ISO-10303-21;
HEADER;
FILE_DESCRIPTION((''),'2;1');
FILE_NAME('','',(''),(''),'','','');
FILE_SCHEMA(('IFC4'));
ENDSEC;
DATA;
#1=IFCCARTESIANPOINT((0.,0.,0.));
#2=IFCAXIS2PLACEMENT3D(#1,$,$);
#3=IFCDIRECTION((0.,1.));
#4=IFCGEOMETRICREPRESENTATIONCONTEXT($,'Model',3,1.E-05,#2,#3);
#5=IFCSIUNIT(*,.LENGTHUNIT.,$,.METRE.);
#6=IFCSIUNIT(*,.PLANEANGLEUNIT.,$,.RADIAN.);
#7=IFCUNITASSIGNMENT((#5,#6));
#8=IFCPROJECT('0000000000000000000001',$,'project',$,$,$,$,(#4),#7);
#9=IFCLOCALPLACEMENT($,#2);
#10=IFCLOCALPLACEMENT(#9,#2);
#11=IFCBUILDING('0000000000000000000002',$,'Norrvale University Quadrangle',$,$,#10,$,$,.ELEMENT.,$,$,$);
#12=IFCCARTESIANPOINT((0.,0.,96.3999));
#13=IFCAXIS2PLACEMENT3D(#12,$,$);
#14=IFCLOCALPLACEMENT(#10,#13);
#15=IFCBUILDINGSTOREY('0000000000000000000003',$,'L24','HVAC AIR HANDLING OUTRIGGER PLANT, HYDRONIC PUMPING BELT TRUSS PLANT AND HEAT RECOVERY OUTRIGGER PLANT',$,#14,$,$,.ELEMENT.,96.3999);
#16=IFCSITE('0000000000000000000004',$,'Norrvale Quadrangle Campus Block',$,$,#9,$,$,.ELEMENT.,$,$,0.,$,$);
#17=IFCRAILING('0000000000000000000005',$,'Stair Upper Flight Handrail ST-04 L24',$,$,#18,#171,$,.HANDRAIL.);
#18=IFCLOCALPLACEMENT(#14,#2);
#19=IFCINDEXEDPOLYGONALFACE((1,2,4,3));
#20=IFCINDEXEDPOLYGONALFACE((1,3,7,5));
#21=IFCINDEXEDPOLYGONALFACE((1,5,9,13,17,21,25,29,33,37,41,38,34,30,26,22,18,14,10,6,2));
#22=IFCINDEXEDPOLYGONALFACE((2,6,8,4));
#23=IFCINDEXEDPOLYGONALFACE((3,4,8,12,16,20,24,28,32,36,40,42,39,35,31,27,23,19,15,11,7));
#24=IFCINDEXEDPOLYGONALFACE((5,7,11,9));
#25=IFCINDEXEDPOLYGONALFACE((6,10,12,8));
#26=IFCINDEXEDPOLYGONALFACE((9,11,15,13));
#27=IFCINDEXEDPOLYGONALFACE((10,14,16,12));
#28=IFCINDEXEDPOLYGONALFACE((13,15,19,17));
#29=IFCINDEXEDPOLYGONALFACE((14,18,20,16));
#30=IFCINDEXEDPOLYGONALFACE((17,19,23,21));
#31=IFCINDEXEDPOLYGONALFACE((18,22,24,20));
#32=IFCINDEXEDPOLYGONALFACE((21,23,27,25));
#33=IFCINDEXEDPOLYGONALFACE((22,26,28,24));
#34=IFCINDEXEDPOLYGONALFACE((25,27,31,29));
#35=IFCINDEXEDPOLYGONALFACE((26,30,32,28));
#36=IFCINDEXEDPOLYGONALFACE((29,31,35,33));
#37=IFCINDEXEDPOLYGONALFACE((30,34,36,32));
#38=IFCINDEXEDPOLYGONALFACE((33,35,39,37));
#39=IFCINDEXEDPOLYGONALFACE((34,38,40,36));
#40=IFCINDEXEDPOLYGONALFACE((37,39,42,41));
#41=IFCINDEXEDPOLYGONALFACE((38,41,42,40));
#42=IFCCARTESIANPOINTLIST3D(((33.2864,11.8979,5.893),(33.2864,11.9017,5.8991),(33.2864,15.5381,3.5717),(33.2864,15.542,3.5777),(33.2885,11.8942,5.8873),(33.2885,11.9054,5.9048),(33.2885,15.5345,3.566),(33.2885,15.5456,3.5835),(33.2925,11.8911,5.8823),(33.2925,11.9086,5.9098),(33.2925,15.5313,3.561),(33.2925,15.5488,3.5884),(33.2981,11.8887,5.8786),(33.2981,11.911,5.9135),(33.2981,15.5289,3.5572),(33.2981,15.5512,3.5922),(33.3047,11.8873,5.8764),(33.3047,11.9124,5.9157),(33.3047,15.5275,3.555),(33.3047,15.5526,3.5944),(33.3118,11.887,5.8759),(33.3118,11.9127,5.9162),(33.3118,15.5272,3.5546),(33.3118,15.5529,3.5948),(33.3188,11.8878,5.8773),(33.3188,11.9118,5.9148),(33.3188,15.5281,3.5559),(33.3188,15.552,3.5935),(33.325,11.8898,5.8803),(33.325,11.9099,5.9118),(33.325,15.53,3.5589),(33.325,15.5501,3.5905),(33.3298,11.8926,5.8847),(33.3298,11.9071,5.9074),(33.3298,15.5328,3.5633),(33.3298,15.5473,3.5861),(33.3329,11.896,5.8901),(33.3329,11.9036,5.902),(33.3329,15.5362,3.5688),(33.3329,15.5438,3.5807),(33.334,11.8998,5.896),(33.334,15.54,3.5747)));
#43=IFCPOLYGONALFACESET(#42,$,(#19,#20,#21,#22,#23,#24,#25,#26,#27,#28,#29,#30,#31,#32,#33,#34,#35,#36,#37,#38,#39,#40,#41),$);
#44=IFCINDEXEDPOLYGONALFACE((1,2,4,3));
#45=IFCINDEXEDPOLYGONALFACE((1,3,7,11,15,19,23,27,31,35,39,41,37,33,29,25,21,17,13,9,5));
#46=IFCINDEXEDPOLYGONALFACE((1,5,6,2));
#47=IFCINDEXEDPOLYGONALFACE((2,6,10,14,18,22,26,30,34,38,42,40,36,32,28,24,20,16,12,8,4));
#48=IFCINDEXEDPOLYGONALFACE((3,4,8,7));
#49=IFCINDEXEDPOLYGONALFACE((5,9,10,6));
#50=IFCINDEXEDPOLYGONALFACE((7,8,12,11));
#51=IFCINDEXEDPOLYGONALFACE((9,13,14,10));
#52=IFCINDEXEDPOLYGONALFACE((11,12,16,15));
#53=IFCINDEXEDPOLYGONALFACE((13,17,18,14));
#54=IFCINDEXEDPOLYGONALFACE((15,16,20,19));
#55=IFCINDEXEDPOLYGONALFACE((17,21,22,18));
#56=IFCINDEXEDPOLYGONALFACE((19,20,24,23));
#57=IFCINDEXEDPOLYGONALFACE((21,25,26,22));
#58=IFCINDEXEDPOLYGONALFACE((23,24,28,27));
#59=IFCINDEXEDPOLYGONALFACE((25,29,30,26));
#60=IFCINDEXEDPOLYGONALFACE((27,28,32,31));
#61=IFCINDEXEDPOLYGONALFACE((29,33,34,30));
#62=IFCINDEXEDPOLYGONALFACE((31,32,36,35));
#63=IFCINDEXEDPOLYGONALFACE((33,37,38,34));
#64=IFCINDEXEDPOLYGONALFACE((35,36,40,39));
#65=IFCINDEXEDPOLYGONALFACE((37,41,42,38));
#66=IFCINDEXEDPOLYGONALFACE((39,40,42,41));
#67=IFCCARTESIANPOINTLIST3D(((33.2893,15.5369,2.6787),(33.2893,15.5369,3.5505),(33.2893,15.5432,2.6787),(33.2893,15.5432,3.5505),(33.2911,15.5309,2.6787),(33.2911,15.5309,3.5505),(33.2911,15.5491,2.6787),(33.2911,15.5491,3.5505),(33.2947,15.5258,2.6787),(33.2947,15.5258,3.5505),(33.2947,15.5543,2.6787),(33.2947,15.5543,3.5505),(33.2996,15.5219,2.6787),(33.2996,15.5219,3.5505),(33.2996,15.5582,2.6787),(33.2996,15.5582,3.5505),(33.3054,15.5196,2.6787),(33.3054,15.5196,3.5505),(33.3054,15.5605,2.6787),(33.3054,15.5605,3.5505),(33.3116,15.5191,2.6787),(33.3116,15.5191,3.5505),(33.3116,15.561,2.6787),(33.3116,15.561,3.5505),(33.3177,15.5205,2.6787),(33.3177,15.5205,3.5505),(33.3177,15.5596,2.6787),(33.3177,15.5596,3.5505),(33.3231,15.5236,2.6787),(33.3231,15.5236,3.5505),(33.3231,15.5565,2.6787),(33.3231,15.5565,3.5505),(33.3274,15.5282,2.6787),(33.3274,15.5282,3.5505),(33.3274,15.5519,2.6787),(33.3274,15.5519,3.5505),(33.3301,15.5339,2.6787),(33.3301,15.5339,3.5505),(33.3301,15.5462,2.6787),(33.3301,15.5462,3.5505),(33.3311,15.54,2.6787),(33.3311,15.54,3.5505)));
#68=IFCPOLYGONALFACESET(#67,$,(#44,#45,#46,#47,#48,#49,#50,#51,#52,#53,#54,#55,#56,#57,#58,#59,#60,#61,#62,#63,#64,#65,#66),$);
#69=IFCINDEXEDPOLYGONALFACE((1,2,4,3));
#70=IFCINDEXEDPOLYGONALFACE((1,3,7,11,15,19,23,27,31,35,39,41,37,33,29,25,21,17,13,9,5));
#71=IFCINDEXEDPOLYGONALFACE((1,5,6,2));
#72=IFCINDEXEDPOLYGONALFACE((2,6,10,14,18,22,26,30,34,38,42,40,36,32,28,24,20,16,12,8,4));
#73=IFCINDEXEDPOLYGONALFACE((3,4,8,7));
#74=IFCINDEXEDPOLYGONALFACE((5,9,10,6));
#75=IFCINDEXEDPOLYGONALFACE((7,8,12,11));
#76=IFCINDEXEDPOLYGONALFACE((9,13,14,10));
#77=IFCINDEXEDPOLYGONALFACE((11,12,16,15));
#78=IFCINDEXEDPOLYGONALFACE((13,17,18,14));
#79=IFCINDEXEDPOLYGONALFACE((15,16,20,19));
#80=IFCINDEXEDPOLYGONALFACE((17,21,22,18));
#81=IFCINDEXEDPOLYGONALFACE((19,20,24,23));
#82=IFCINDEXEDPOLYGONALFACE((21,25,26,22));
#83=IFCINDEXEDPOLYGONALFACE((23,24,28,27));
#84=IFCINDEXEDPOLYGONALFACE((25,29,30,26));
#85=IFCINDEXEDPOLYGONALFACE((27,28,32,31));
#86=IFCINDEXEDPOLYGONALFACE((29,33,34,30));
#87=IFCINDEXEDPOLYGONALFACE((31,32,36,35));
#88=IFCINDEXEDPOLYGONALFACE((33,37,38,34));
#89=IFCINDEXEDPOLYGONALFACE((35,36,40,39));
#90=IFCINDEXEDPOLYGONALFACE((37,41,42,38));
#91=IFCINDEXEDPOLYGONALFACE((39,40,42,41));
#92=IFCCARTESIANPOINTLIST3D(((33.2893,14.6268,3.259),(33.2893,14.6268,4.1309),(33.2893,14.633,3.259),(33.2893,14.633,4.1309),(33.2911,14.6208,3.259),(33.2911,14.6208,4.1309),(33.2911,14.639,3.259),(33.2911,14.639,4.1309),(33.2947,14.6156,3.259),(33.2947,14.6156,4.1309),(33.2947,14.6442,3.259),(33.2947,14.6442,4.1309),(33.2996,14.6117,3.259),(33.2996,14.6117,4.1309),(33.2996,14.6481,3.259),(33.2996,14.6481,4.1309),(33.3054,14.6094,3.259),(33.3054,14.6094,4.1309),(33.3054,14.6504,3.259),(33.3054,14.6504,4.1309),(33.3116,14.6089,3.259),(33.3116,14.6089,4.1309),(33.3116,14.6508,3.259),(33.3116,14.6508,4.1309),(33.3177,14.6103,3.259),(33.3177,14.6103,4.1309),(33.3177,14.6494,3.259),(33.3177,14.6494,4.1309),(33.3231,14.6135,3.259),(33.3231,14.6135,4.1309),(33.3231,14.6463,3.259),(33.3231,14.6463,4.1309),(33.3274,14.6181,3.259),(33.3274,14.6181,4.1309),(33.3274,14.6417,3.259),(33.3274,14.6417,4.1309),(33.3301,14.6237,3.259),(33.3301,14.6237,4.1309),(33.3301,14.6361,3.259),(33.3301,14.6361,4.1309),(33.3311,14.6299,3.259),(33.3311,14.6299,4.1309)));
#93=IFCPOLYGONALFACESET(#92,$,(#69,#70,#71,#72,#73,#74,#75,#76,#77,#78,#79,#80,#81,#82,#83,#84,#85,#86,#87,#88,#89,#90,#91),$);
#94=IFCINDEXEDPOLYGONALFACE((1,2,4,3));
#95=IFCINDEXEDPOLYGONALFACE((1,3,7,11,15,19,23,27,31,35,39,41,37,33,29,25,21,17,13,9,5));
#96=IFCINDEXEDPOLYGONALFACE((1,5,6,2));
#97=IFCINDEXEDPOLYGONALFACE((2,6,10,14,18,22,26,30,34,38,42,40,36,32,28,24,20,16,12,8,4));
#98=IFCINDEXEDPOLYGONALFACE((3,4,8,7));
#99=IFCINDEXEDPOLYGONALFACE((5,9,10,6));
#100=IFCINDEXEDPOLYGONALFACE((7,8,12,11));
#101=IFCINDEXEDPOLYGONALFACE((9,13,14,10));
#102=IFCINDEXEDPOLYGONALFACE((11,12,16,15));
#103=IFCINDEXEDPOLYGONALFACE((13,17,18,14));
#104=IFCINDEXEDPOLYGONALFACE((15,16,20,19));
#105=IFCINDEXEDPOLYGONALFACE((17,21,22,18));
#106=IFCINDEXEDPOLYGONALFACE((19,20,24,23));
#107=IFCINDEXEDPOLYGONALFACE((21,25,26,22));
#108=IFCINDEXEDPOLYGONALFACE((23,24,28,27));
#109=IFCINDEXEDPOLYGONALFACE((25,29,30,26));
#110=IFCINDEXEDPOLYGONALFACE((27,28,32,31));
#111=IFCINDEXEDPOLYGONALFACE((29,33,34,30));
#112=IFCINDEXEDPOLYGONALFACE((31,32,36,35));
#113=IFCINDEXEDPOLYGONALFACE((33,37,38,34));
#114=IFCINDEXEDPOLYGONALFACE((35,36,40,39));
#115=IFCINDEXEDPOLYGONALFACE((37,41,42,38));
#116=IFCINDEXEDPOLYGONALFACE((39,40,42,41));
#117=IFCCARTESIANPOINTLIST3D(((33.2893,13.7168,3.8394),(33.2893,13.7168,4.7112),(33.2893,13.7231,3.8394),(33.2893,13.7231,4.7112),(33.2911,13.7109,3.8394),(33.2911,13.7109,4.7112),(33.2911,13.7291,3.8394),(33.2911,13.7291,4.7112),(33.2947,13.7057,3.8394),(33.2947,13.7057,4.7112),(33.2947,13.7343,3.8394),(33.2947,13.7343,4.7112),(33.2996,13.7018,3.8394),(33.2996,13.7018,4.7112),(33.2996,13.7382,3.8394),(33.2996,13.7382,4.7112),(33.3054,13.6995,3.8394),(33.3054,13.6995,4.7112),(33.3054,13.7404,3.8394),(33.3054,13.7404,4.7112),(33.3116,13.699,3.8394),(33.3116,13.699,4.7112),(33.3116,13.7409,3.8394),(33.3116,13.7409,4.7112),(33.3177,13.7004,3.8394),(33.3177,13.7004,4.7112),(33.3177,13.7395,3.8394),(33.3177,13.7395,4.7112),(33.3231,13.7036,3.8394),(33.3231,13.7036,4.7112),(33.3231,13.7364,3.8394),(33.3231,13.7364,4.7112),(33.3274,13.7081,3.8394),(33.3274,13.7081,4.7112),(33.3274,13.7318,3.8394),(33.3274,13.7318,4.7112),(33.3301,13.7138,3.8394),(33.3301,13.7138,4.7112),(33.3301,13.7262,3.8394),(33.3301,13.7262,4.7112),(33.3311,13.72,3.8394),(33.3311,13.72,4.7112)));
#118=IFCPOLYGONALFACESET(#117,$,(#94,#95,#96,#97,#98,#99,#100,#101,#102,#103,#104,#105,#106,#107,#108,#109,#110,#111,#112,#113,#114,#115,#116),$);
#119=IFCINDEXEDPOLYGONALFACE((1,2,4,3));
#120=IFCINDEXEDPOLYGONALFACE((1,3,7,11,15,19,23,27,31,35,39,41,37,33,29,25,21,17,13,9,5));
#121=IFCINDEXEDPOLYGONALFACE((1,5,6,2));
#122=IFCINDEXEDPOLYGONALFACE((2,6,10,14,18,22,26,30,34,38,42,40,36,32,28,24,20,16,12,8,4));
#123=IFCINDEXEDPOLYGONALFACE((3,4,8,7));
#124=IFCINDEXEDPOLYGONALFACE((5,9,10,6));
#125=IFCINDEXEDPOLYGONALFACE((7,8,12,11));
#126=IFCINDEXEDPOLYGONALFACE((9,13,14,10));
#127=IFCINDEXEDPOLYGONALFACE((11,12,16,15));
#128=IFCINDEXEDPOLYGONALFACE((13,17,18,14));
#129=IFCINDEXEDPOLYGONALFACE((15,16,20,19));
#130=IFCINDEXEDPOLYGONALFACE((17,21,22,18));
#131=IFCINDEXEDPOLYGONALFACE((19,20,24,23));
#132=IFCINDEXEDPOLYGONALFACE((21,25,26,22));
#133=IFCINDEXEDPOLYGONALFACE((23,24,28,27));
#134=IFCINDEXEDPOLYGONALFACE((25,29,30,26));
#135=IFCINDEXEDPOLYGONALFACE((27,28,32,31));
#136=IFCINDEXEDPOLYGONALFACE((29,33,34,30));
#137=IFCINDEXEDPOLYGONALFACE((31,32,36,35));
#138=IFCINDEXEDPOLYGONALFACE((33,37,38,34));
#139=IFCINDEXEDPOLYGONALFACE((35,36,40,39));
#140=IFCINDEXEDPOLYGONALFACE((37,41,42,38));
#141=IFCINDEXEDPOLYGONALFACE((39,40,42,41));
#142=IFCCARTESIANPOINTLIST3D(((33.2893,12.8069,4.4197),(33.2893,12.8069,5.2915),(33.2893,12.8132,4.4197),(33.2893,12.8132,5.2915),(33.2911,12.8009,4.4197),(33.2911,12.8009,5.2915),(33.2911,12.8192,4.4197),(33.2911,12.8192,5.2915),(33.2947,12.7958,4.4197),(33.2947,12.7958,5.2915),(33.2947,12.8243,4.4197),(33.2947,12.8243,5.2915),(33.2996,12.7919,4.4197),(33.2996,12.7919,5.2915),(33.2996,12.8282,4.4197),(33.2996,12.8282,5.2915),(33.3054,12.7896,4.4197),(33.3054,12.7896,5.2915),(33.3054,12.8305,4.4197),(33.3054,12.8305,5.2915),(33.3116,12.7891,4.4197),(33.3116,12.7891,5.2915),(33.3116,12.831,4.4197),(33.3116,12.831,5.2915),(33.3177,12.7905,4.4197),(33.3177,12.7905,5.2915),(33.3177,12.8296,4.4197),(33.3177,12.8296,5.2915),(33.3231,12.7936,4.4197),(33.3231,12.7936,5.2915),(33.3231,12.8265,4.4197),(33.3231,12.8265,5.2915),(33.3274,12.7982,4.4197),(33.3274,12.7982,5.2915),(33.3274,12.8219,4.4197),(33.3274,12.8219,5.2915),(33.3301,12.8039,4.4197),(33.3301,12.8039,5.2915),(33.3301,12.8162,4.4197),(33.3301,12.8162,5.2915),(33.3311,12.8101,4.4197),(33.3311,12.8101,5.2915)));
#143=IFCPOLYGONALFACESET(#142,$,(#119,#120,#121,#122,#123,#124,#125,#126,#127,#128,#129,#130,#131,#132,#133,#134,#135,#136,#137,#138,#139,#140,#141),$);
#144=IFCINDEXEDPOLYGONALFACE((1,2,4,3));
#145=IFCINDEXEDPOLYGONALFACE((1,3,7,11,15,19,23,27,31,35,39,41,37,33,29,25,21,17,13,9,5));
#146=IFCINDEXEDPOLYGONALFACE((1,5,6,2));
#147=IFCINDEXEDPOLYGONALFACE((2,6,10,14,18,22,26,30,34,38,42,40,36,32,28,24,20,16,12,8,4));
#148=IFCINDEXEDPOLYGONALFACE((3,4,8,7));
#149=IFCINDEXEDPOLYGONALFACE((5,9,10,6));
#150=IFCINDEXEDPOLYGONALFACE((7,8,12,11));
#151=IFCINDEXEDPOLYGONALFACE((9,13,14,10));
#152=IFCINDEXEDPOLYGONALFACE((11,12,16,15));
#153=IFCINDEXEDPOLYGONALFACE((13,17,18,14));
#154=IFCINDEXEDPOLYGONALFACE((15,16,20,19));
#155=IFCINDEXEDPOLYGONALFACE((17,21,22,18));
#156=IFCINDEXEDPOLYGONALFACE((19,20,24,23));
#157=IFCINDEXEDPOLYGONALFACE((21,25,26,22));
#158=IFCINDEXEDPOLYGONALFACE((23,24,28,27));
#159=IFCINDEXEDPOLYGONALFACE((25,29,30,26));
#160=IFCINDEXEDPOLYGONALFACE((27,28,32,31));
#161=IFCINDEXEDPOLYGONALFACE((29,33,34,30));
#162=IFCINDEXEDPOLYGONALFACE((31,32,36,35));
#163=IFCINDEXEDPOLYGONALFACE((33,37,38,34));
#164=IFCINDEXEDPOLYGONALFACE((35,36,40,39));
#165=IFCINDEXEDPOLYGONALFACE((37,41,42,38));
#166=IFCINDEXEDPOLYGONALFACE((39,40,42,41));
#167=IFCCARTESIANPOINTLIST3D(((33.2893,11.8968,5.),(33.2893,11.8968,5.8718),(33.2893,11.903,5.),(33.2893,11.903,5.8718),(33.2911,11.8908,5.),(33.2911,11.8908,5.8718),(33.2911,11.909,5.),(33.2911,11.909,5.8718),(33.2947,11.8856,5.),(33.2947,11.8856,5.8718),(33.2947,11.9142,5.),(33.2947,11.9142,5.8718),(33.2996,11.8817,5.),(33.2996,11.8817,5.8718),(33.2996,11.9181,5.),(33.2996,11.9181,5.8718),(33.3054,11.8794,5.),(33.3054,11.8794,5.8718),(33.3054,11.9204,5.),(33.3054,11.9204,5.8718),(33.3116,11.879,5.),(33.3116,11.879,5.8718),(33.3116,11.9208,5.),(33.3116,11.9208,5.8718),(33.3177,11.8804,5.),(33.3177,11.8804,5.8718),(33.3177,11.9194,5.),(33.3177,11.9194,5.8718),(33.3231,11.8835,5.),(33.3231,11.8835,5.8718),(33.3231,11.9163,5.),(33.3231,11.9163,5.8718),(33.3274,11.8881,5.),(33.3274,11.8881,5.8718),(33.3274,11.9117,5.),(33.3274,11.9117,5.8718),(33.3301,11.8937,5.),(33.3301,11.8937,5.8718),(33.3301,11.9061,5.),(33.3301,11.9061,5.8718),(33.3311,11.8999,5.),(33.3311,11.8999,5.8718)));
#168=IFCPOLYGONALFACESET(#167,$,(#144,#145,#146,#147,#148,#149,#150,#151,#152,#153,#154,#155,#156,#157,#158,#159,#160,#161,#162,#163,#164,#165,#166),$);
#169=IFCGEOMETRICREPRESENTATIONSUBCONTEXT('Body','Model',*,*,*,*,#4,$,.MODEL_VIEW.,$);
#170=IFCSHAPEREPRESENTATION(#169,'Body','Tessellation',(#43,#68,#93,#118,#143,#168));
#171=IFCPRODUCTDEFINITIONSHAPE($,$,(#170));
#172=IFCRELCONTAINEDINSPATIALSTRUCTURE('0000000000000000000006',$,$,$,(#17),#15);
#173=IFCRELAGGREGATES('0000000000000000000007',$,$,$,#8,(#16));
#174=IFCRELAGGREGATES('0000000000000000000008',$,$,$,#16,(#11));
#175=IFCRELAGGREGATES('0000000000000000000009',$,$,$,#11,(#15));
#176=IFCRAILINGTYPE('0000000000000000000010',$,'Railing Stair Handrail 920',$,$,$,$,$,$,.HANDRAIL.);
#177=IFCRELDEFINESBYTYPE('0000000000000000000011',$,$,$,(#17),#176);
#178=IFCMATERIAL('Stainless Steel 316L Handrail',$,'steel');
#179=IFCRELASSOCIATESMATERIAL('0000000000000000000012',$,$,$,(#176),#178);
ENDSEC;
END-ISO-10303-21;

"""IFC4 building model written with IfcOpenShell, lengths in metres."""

from ifc_helpers import new_model, si_unit, direction, frame, origin, origin_2d, place, context, subcontext, project, spatial, circle, extrude, material, type_object, element, save


model = new_model("IFC4")

# Units and contexts
model_context = context("Model", 3, precision=1e-05, world=origin(), true_north=direction((0.0, 1.0)))
body_context = subcontext(model_context, "Body", "Model", "MODEL_VIEW")
ifc_project = project(units=[si_unit("LENGTHUNIT", "METRE"), si_unit("PLANEANGLEUNIT", "RADIAN")], contexts=[model_context])

# Site, building, storey
site_placement = place(None, origin())
site = spatial("IfcSite", under=ifc_project, at=site_placement, Name="Norrvale Quadrangle Campus Block", CompositionType="ELEMENT", RefElevation=0.0)
building_placement = place(site_placement, origin())
building = spatial("IfcBuilding", under=site, at=building_placement, Name="Norrvale University Quadrangle", CompositionType="ELEMENT")
storey_placement = place(building_placement, frame((0.0, 0.0, 96.3999)))
storey = spatial("IfcBuildingStorey", under=building, at=storey_placement, Name="L24", Description="HVAC AIR HANDLING OUTRIGGER PLANT, HYDRONIC PUMPING BELT TRUSS PLANT AND HEAT RECOVERY OUTRIGGER PLANT", CompositionType="ELEMENT", Elevation=96.3999)

# Railing
ifc_material_1 = material(Name="Stainless Steel 316L Handrail", Category="steel")
railing_type = type_object("IfcRailingType", Name="Railing Stair Handrail 920", PredefinedType="HANDRAIL", material=ifc_material_1)
railing_placement = place(storey_placement, frame((33.3101, 15.54, 2.6787)))
element("IfcRailing", 1, at=railing_placement, inside=storey, type_object=railing_type, Name="Stair Upper Flight Handrail ST-04 L24", PredefinedType="HANDRAIL", context=body_context, shape_type="SweptSolid", body=[
    extrude(circle(Radius=0.0239, at=origin_2d()), frame((0.0, 0.0, 0.896), z_axis=(0.0, -0.843153, 0.537673), x_axis=(1.0, 0.0, 0.0)), (0.0, 0.0, 1.0), 4.3174),
    extrude(circle(Radius=0.021, at=origin_2d()), origin(), (0.0, 0.0, 1.0), 0.8718),
    extrude(circle(Radius=0.021, at=origin_2d()), frame((0.0, -0.9102, 0.5803)), (0.0, 0.0, 1.0), 0.8718),
    extrude(circle(Radius=0.021, at=origin_2d()), frame((0.0, -1.8201, 1.1606)), (0.0, 0.0, 1.0), 0.8718),
    extrude(circle(Radius=0.021, at=origin_2d()), frame((0.0, -2.73, 1.741)), (0.0, 0.0, 1.0), 0.8718),
    extrude(circle(Radius=0.021, at=origin_2d()), frame((0.0, -3.6401, 2.3213)), (0.0, 0.0, 1.0), 0.8718),
])

save(model, "model.ifc")
